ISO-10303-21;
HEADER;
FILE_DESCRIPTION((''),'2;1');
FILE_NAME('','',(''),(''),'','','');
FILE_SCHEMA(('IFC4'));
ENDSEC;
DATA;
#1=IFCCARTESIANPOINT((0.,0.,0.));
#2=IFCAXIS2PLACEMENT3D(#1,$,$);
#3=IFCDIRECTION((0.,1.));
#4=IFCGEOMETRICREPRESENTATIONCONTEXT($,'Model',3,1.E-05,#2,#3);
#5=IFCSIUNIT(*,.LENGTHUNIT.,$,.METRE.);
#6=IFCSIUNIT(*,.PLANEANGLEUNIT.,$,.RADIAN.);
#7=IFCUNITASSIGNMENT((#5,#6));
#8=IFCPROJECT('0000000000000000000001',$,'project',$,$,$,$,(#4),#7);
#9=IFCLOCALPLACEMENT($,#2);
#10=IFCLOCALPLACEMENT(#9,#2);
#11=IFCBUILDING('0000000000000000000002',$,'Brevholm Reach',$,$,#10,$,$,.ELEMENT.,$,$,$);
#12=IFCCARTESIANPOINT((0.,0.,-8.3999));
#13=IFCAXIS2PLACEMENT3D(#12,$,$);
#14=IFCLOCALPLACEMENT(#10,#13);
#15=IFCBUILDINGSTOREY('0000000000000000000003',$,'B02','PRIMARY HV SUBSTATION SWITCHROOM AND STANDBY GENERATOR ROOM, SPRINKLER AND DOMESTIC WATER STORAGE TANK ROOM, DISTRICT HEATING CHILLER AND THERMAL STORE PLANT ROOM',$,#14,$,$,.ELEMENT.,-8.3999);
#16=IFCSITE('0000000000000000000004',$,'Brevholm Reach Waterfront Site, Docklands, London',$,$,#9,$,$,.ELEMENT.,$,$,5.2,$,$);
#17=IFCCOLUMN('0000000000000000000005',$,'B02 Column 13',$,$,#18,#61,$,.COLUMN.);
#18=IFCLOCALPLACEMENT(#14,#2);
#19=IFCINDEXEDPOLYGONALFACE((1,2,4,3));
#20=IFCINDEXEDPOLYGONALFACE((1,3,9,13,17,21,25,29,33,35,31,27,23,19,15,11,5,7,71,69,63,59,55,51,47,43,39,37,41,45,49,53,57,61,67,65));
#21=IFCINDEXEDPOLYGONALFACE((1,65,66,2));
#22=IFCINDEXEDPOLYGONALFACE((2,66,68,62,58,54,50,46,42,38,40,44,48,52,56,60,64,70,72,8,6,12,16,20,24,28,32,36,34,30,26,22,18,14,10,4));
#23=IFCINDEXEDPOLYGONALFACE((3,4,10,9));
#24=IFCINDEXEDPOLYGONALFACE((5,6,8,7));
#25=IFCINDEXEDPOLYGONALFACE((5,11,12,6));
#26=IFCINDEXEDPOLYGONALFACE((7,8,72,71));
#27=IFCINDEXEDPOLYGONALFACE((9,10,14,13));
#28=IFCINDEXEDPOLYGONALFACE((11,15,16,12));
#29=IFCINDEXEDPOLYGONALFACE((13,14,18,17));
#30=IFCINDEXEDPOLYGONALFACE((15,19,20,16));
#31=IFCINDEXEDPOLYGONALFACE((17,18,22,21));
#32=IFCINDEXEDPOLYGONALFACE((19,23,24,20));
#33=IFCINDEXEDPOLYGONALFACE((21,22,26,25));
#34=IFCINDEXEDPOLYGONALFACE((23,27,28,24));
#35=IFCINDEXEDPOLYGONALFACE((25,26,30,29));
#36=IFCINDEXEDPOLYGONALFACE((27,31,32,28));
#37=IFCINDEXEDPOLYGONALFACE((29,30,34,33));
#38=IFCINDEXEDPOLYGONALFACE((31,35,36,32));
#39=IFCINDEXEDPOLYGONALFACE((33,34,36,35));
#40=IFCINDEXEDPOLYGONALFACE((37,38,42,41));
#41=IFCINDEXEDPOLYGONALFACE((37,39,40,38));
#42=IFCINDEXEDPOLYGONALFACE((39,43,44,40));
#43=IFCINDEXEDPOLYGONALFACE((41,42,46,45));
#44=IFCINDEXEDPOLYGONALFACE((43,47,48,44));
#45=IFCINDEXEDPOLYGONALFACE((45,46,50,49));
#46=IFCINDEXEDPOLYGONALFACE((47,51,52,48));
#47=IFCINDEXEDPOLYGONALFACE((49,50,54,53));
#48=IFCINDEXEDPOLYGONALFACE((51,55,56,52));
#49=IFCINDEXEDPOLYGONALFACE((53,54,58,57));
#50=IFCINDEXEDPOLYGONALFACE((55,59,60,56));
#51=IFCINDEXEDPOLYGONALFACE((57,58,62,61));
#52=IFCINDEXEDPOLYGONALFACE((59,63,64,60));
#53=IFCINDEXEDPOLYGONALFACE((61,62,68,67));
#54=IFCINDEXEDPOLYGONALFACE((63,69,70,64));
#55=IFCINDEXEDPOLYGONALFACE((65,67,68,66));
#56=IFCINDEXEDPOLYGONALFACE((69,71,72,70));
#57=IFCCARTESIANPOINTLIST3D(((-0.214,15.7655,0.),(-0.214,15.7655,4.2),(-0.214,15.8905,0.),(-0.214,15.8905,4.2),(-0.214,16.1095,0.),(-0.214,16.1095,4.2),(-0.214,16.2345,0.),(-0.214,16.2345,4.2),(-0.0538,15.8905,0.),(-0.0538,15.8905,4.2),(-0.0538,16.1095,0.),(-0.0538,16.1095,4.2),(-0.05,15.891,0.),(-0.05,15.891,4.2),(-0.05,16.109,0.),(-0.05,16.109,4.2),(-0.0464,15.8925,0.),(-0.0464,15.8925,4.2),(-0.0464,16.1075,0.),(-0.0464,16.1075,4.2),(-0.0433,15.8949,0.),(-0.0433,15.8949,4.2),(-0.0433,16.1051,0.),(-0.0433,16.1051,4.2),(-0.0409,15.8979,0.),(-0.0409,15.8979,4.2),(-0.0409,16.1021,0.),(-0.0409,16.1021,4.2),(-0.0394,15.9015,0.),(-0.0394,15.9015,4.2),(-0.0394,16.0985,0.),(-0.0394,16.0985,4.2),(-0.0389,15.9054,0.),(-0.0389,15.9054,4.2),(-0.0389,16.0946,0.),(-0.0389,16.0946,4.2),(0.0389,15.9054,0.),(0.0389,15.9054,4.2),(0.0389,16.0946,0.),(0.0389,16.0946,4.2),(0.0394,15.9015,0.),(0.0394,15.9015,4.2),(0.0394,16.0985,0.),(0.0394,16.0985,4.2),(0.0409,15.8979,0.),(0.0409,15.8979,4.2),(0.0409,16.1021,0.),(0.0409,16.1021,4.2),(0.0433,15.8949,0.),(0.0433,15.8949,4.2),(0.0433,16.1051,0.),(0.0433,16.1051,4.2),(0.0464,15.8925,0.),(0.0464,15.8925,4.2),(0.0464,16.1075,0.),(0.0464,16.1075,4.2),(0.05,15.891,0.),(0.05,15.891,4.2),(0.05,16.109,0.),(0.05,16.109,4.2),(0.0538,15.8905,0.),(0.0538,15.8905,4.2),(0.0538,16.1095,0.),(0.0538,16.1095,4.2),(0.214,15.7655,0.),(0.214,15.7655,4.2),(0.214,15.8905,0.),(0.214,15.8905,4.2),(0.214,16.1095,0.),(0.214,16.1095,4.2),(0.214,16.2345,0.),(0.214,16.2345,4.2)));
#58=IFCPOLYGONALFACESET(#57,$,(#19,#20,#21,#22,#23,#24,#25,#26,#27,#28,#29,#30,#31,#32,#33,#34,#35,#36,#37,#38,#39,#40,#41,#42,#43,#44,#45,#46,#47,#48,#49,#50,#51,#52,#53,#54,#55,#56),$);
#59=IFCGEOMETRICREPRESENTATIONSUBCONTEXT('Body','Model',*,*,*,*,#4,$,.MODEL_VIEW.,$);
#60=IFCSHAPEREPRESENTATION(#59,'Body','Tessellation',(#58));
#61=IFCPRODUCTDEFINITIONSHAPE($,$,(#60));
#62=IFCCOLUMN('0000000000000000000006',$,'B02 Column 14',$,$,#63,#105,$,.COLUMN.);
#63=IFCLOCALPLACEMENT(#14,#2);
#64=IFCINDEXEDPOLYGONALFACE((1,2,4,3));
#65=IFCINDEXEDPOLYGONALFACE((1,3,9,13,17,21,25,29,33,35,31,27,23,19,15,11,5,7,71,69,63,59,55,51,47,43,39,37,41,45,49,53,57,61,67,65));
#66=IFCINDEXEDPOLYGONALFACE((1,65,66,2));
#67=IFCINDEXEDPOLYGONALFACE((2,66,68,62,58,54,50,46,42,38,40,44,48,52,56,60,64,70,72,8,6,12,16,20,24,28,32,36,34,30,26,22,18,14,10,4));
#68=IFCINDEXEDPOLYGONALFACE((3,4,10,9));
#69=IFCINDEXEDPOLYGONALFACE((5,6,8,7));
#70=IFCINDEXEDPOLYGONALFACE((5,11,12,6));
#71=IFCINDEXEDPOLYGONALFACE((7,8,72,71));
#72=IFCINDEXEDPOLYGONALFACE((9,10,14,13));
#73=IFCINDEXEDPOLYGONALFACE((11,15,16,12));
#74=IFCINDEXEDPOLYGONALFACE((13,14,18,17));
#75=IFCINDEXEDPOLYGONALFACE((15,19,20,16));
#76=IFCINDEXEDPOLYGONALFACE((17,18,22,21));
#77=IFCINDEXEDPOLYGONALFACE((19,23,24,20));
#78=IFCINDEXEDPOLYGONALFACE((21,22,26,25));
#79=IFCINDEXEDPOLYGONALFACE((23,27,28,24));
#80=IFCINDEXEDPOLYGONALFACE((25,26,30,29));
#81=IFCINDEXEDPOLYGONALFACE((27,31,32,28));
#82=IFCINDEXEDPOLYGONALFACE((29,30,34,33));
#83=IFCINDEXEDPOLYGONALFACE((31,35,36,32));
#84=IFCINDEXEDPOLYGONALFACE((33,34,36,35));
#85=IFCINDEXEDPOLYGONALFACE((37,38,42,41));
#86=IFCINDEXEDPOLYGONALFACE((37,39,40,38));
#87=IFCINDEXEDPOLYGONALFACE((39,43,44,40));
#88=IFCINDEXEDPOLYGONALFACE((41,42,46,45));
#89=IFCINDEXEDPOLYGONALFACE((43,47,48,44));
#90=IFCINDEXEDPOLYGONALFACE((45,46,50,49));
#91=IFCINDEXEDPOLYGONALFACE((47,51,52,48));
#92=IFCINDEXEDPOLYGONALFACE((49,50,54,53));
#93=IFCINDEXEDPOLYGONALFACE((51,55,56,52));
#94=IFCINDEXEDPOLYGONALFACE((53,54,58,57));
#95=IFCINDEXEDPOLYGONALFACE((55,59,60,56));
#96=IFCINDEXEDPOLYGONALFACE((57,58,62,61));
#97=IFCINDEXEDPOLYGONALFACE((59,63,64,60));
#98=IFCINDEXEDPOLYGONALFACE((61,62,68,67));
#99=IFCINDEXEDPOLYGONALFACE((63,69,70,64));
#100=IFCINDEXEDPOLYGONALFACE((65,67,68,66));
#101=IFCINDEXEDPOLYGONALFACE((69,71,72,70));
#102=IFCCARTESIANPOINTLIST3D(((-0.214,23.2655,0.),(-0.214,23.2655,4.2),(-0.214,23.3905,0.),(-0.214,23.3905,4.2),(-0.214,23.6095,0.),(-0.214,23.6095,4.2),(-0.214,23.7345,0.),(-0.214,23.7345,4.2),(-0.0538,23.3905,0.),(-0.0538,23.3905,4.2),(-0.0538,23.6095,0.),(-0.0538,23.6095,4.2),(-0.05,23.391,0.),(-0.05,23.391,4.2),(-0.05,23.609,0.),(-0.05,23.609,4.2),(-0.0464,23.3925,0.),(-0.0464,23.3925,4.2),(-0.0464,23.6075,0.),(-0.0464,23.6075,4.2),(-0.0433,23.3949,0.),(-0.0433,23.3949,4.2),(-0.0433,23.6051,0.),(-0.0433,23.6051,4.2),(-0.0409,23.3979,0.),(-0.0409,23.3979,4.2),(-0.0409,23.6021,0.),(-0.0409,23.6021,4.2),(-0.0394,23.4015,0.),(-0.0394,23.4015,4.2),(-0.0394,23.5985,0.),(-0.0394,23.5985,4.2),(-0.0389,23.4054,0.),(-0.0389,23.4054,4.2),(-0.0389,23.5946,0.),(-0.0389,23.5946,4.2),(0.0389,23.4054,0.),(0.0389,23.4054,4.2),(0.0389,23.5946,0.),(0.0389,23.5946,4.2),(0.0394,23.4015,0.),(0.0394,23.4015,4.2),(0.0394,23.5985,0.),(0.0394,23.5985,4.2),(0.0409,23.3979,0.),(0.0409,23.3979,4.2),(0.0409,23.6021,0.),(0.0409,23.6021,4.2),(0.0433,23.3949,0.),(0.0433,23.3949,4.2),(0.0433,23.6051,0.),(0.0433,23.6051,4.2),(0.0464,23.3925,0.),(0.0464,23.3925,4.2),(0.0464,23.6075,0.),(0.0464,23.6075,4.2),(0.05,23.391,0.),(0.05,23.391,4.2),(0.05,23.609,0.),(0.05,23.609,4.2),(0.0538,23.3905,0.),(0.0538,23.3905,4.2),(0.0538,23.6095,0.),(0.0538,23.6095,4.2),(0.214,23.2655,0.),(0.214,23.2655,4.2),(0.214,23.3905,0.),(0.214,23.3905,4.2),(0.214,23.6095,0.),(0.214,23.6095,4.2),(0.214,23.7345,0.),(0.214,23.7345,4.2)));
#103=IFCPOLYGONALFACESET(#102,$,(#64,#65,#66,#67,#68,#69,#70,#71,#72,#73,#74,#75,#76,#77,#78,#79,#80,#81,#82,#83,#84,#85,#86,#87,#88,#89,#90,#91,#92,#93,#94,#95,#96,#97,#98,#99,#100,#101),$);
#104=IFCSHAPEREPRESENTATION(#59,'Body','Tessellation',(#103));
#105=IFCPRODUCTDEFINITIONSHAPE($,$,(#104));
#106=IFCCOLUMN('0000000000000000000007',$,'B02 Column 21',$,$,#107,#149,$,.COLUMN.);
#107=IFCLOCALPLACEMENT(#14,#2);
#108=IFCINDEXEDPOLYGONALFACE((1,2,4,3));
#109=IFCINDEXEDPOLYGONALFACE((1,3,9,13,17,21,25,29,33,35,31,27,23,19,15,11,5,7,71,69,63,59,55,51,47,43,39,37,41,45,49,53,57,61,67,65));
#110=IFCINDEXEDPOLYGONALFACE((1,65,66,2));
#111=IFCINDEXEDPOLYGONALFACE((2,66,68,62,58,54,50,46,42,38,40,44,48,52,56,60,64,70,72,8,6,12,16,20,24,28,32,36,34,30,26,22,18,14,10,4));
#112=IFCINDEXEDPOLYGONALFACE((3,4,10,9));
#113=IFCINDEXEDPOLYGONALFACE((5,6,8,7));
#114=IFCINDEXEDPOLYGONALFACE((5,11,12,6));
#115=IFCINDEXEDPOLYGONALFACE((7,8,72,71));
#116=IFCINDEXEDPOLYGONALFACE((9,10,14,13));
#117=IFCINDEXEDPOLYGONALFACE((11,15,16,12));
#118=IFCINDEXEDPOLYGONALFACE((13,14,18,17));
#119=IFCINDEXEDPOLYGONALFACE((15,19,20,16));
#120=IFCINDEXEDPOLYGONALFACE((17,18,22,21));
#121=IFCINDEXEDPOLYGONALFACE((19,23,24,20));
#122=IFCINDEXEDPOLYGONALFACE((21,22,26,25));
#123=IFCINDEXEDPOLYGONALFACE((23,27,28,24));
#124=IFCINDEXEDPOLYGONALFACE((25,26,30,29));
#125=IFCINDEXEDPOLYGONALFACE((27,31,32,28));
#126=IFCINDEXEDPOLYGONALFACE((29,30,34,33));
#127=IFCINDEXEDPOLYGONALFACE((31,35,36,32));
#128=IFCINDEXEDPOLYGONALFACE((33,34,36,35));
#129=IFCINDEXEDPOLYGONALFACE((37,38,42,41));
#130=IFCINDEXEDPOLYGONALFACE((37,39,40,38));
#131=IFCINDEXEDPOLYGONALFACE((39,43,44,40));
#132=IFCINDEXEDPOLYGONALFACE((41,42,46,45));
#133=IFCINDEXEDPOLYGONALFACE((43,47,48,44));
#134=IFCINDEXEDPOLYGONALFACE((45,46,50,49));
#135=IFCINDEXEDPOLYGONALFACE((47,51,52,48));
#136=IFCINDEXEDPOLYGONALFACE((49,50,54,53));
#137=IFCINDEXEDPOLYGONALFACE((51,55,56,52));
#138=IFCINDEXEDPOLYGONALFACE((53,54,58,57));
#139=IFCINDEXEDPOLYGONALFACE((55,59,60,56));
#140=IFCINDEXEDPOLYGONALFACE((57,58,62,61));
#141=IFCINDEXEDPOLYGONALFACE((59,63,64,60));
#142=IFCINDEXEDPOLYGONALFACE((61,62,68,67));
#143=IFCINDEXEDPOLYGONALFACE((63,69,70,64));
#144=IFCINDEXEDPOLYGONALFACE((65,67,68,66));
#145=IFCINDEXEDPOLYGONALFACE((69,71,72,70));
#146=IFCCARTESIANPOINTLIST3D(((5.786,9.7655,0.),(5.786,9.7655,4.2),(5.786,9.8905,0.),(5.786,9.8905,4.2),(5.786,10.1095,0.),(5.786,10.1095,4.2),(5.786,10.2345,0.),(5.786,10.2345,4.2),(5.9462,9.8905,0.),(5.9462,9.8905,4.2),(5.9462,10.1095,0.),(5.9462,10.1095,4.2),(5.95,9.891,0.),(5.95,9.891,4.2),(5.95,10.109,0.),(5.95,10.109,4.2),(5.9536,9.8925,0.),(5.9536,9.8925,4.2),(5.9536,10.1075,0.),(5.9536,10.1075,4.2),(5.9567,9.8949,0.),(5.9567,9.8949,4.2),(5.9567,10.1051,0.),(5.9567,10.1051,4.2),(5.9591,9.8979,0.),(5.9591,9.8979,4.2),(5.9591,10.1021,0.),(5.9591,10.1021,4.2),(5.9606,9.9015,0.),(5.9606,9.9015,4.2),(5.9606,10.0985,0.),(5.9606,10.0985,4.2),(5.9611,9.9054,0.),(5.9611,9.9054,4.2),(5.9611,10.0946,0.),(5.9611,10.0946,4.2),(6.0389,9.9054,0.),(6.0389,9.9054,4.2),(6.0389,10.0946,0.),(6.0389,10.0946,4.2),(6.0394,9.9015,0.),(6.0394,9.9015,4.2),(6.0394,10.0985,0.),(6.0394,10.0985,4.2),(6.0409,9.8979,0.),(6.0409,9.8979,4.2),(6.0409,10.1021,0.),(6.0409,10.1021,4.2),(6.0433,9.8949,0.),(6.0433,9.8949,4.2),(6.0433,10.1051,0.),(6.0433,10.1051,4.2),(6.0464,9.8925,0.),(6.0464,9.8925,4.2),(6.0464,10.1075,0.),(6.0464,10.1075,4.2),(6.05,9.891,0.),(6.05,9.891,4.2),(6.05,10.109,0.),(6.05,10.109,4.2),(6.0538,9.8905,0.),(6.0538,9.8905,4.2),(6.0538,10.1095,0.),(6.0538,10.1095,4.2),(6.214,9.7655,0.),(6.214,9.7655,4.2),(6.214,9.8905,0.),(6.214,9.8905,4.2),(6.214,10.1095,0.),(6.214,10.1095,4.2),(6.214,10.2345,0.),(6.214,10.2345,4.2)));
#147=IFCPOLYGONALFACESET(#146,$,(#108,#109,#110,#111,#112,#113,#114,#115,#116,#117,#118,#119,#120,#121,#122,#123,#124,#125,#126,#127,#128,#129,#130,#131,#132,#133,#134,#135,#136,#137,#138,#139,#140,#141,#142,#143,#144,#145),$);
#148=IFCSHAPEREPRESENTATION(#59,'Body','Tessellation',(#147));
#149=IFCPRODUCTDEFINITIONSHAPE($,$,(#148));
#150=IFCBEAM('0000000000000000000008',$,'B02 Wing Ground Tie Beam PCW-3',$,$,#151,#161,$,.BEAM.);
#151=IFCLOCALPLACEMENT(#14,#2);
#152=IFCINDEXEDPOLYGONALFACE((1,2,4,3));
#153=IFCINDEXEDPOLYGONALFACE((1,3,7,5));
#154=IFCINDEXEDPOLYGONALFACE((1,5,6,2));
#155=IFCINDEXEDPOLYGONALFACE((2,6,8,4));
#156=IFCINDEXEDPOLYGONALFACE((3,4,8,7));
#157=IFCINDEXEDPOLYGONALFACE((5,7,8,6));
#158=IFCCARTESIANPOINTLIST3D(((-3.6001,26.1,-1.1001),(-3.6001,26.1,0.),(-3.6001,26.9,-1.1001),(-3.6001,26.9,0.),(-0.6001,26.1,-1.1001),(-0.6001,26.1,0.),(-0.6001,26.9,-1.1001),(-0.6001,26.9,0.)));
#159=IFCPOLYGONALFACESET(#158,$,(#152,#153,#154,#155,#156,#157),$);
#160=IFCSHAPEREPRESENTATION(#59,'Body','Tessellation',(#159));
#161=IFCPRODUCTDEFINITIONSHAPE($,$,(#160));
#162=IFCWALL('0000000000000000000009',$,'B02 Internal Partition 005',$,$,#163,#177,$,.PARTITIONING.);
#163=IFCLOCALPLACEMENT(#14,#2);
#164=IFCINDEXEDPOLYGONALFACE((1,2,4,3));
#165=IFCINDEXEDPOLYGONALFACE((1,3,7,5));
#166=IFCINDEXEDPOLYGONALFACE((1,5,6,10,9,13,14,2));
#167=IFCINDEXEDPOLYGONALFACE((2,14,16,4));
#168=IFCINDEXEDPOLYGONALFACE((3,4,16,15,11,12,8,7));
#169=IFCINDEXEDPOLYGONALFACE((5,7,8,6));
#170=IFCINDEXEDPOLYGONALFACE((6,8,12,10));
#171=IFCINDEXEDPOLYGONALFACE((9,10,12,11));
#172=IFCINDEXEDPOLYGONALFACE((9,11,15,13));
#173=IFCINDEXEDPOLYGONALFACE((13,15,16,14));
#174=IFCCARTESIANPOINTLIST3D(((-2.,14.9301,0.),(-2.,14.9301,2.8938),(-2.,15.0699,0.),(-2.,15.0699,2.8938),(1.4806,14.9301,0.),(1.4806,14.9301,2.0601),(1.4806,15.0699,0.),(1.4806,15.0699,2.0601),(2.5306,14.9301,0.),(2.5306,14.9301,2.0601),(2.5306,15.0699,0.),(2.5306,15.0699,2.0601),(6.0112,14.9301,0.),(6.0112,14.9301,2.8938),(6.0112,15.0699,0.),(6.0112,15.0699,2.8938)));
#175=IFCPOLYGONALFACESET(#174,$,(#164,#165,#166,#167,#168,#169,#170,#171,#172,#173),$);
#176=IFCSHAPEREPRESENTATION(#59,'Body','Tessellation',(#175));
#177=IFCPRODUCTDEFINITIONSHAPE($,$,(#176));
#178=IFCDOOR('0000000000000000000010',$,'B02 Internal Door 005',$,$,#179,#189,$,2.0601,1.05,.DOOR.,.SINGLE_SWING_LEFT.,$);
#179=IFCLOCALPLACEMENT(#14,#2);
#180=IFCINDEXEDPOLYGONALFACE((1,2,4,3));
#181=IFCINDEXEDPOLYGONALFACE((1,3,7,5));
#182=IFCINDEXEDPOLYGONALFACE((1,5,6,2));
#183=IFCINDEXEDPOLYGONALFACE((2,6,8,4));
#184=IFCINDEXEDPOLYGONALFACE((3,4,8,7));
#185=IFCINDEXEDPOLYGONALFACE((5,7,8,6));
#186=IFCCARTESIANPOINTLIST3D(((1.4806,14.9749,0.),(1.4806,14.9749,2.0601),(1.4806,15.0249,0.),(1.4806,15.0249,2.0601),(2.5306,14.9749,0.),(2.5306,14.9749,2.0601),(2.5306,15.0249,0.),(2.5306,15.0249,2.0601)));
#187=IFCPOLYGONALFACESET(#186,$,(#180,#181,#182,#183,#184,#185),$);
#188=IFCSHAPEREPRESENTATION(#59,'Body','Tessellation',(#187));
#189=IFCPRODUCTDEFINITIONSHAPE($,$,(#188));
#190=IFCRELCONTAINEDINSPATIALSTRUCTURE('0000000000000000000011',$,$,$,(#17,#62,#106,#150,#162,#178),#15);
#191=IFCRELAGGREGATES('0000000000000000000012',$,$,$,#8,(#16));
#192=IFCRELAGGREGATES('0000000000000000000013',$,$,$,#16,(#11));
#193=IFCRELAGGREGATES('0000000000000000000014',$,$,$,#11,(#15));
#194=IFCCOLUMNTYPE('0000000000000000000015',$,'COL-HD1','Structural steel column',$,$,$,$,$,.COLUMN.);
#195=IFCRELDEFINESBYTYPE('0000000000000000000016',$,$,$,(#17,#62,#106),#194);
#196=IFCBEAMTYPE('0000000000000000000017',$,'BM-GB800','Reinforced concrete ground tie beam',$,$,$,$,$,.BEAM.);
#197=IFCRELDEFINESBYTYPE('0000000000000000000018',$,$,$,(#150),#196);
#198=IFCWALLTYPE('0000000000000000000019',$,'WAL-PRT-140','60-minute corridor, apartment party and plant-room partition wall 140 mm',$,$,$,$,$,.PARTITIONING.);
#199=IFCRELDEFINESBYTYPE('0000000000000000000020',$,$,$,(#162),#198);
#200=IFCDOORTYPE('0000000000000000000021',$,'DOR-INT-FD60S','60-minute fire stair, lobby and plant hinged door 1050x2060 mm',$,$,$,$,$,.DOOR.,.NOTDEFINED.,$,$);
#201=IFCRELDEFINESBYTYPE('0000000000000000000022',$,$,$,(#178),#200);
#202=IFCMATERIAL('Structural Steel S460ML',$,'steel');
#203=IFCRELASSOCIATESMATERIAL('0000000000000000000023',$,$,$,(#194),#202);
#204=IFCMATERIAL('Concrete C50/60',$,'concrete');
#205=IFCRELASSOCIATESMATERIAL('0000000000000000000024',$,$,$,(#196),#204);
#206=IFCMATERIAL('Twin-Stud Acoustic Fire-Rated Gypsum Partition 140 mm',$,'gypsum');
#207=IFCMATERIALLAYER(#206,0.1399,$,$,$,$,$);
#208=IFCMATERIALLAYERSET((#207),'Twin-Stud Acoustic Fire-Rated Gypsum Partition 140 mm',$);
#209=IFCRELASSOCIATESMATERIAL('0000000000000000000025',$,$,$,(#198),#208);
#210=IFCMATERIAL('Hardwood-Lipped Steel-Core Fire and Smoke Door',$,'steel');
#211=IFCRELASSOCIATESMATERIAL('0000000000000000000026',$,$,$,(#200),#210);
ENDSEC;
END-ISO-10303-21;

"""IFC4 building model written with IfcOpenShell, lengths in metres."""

from ifc_helpers import new_model, si_unit, direction, frame, frame_2d, origin, origin_2d, place, context, subcontext, project, spatial, rectangle, i_section, extrude, material, layer, layer_set, material_profile, profile_set, type_object, element, fill, save


model = new_model("IFC4")

# Units and contexts
model_context = context("Model", 3, precision=1e-05, world=origin(), true_north=direction((0.0, 1.0)))
body_context = subcontext(model_context, "Body", "Model", "MODEL_VIEW")
ifc_project = project(units=[si_unit("LENGTHUNIT", "METRE"), si_unit("PLANEANGLEUNIT", "RADIAN")], contexts=[model_context])

# Site, building, storey
site_placement = place(None, origin())
site = spatial("IfcSite", under=ifc_project, at=site_placement, Name="Brevholm Reach Waterfront Site, Docklands, London", CompositionType="ELEMENT", RefElevation=5.2)
building_placement = place(site_placement, origin())
building = spatial("IfcBuilding", under=site, at=building_placement, Name="Brevholm Reach", CompositionType="ELEMENT")
storey_placement = place(building_placement, frame((0.0, 0.0, -8.3999)))
storey = spatial("IfcBuildingStorey", under=building, at=storey_placement, Name="B02", Description="PRIMARY HV SUBSTATION SWITCHROOM AND STANDBY GENERATOR ROOM, SPRINKLER AND DOMESTIC WATER STORAGE TANK ROOM, DISTRICT HEATING CHILLER AND THERMAL STORE PLANT ROOM", CompositionType="ELEMENT", Elevation=-8.3999)

# Columns
ifc_material_1 = material(Name="Structural Steel S460ML", Category="steel")
ifc_material_profile_1 = material_profile(ifc_material_1, i_section(OverallWidth=0.428, OverallDepth=0.469, WebThickness=0.0779, FlangeThickness=0.125, FilletRadius=0.0149, at=origin_2d()), Name="HD 400x1086")
ifc_profile_set_1 = profile_set([ifc_material_profile_1], Name="Structural Steel S460ML")
column_type = type_object("IfcColumnType", Name="COL-HD1", Description="Structural steel column", PredefinedType="COLUMN", material=ifc_profile_set_1)
for number, where, z_axis, x_axis, name in (
    (1, (0.0, 16.0, 0.0), (0.0, 0.0, 1.0), (1.0, 0.0, 0.0), "B02 Column 13"),
    (2, (0.0, 23.5, 0.0), (0.0, 0.0, 1.0), (1.0, 0.0, 0.0), "B02 Column 14"),
    (3, (6.0, 10.0, 0.0), (0.0, 0.0, 1.0), (1.0, 0.0, 0.0), "B02 Column 21"),
):
    element("IfcColumn", number, at=place(storey_placement, frame(where, z_axis=z_axis, x_axis=x_axis)), inside=storey, type_object=column_type, Name=name, PredefinedType="COLUMN", context=body_context, shape_type="SweptSolid", body=[
        extrude(i_section(OverallWidth=0.428, OverallDepth=0.469, WebThickness=0.0779, FlangeThickness=0.125, FilletRadius=0.0149, at=origin_2d()), origin(), (0.0, 0.0, 1.0), 4.2),
    ])

# Beam
ifc_material_2 = material(Name="Concrete C50/60", Category="concrete")
ifc_material_profile_2 = material_profile(ifc_material_2, rectangle(XDim=0.8, YDim=1.1001, at=origin_2d()), Name="RC 800x1100")
ifc_profile_set_2 = profile_set([ifc_material_profile_2], Name="Concrete C50/60")
beam_type = type_object("IfcBeamType", Name="BM-GB800", Description="Reinforced concrete ground tie beam", PredefinedType="BEAM", material=ifc_profile_set_2)
beam_placement = place(storey_placement, frame((-3.6001, 26.5, -0.55), z_axis=(1.0, 0.0, 0.0), x_axis=(0.0, 1.0, 0.0)))
element("IfcBeam", 4, at=beam_placement, inside=storey, type_object=beam_type, Name="B02 Wing Ground Tie Beam PCW-3", PredefinedType="BEAM", context=body_context, shape_type="SweptSolid", body=[
    extrude(rectangle(XDim=0.8, YDim=1.1001, at=origin_2d()), origin(), (0.0, 0.0, 1.0), 3.0),
])

# Wall, opening, door
ifc_material_3 = material(Name="Twin-Stud Acoustic Fire-Rated Gypsum Partition 140 mm", Category="gypsum")
ifc_layer = layer(ifc_material_3, 0.1399)
ifc_layer_set = layer_set([ifc_layer], Name="Twin-Stud Acoustic Fire-Rated Gypsum Partition 140 mm")
wall_type = type_object("IfcWallType", Name="WAL-PRT-140", Description="60-minute corridor, apartment party and plant-room partition wall 140 mm", PredefinedType="PARTITIONING", material=ifc_layer_set)
wall_1_placement = place(storey_placement, frame((-2.0, 15.0, 0.0), z_axis=(0.0, 0.0, 1.0), x_axis=(1.0, 0.0, 0.0)))
wall_1 = element("IfcWall", 5, at=wall_1_placement, inside=storey, type_object=wall_type, Name="B02 Internal Partition 005", PredefinedType="PARTITIONING", context=body_context, shape_type="SweptSolid", body=[
    extrude(rectangle(XDim=8.0112, YDim=0.1399, at=frame_2d((4.0056, 0.0))), origin(), (0.0, 0.0, 1.0), 2.8938),
])
opening_1_placement = place(wall_1_placement, frame((3.4807, 0.0, 0.0)))
opening_1 = element("IfcOpeningElement", 6, at=opening_1_placement, cuts=wall_1, PredefinedType="OPENING", context=body_context, shape_type="SweptSolid", body=[
    extrude(rectangle(XDim=1.05, YDim=2.0601, at=frame_2d((0.5249, 1.03))), frame((0.0, 0.0798, 0.0), z_axis=(0.0, -1.0, 0.0), x_axis=(1.0, 0.0, 0.0)), (0.0, 0.0, 1.0), 0.1599),
])
ifc_material_4 = material(Name="Hardwood-Lipped Steel-Core Fire and Smoke Door", Category="steel")
door_type = type_object("IfcDoorType", Name="DOR-INT-FD60S", Description="60-minute fire stair, lobby and plant hinged door 1050x2060 mm", OperationType="NOTDEFINED", PredefinedType="DOOR", material=ifc_material_4)
door_1_placement = place(opening_1_placement, origin())
door_1 = element("IfcDoor", 7, at=door_1_placement, inside=storey, type_object=door_type, Name="B02 Internal Door 005", OperationType="SINGLE_SWING_LEFT", OverallHeight=2.0601, OverallWidth=1.05, PredefinedType="DOOR", context=body_context, shape_type="SweptSolid", body=[
    extrude(rectangle(XDim=1.05, YDim=2.0601, at=frame_2d((0.5249, 1.03))), frame((0.0, 0.0249, 0.0), z_axis=(0.0, -1.0, 0.0), x_axis=(1.0, 0.0, 0.0)), (0.0, 0.0, 1.0), 0.05),
])
fill(opening_1, door_1)

save(model, "model.ifc")
